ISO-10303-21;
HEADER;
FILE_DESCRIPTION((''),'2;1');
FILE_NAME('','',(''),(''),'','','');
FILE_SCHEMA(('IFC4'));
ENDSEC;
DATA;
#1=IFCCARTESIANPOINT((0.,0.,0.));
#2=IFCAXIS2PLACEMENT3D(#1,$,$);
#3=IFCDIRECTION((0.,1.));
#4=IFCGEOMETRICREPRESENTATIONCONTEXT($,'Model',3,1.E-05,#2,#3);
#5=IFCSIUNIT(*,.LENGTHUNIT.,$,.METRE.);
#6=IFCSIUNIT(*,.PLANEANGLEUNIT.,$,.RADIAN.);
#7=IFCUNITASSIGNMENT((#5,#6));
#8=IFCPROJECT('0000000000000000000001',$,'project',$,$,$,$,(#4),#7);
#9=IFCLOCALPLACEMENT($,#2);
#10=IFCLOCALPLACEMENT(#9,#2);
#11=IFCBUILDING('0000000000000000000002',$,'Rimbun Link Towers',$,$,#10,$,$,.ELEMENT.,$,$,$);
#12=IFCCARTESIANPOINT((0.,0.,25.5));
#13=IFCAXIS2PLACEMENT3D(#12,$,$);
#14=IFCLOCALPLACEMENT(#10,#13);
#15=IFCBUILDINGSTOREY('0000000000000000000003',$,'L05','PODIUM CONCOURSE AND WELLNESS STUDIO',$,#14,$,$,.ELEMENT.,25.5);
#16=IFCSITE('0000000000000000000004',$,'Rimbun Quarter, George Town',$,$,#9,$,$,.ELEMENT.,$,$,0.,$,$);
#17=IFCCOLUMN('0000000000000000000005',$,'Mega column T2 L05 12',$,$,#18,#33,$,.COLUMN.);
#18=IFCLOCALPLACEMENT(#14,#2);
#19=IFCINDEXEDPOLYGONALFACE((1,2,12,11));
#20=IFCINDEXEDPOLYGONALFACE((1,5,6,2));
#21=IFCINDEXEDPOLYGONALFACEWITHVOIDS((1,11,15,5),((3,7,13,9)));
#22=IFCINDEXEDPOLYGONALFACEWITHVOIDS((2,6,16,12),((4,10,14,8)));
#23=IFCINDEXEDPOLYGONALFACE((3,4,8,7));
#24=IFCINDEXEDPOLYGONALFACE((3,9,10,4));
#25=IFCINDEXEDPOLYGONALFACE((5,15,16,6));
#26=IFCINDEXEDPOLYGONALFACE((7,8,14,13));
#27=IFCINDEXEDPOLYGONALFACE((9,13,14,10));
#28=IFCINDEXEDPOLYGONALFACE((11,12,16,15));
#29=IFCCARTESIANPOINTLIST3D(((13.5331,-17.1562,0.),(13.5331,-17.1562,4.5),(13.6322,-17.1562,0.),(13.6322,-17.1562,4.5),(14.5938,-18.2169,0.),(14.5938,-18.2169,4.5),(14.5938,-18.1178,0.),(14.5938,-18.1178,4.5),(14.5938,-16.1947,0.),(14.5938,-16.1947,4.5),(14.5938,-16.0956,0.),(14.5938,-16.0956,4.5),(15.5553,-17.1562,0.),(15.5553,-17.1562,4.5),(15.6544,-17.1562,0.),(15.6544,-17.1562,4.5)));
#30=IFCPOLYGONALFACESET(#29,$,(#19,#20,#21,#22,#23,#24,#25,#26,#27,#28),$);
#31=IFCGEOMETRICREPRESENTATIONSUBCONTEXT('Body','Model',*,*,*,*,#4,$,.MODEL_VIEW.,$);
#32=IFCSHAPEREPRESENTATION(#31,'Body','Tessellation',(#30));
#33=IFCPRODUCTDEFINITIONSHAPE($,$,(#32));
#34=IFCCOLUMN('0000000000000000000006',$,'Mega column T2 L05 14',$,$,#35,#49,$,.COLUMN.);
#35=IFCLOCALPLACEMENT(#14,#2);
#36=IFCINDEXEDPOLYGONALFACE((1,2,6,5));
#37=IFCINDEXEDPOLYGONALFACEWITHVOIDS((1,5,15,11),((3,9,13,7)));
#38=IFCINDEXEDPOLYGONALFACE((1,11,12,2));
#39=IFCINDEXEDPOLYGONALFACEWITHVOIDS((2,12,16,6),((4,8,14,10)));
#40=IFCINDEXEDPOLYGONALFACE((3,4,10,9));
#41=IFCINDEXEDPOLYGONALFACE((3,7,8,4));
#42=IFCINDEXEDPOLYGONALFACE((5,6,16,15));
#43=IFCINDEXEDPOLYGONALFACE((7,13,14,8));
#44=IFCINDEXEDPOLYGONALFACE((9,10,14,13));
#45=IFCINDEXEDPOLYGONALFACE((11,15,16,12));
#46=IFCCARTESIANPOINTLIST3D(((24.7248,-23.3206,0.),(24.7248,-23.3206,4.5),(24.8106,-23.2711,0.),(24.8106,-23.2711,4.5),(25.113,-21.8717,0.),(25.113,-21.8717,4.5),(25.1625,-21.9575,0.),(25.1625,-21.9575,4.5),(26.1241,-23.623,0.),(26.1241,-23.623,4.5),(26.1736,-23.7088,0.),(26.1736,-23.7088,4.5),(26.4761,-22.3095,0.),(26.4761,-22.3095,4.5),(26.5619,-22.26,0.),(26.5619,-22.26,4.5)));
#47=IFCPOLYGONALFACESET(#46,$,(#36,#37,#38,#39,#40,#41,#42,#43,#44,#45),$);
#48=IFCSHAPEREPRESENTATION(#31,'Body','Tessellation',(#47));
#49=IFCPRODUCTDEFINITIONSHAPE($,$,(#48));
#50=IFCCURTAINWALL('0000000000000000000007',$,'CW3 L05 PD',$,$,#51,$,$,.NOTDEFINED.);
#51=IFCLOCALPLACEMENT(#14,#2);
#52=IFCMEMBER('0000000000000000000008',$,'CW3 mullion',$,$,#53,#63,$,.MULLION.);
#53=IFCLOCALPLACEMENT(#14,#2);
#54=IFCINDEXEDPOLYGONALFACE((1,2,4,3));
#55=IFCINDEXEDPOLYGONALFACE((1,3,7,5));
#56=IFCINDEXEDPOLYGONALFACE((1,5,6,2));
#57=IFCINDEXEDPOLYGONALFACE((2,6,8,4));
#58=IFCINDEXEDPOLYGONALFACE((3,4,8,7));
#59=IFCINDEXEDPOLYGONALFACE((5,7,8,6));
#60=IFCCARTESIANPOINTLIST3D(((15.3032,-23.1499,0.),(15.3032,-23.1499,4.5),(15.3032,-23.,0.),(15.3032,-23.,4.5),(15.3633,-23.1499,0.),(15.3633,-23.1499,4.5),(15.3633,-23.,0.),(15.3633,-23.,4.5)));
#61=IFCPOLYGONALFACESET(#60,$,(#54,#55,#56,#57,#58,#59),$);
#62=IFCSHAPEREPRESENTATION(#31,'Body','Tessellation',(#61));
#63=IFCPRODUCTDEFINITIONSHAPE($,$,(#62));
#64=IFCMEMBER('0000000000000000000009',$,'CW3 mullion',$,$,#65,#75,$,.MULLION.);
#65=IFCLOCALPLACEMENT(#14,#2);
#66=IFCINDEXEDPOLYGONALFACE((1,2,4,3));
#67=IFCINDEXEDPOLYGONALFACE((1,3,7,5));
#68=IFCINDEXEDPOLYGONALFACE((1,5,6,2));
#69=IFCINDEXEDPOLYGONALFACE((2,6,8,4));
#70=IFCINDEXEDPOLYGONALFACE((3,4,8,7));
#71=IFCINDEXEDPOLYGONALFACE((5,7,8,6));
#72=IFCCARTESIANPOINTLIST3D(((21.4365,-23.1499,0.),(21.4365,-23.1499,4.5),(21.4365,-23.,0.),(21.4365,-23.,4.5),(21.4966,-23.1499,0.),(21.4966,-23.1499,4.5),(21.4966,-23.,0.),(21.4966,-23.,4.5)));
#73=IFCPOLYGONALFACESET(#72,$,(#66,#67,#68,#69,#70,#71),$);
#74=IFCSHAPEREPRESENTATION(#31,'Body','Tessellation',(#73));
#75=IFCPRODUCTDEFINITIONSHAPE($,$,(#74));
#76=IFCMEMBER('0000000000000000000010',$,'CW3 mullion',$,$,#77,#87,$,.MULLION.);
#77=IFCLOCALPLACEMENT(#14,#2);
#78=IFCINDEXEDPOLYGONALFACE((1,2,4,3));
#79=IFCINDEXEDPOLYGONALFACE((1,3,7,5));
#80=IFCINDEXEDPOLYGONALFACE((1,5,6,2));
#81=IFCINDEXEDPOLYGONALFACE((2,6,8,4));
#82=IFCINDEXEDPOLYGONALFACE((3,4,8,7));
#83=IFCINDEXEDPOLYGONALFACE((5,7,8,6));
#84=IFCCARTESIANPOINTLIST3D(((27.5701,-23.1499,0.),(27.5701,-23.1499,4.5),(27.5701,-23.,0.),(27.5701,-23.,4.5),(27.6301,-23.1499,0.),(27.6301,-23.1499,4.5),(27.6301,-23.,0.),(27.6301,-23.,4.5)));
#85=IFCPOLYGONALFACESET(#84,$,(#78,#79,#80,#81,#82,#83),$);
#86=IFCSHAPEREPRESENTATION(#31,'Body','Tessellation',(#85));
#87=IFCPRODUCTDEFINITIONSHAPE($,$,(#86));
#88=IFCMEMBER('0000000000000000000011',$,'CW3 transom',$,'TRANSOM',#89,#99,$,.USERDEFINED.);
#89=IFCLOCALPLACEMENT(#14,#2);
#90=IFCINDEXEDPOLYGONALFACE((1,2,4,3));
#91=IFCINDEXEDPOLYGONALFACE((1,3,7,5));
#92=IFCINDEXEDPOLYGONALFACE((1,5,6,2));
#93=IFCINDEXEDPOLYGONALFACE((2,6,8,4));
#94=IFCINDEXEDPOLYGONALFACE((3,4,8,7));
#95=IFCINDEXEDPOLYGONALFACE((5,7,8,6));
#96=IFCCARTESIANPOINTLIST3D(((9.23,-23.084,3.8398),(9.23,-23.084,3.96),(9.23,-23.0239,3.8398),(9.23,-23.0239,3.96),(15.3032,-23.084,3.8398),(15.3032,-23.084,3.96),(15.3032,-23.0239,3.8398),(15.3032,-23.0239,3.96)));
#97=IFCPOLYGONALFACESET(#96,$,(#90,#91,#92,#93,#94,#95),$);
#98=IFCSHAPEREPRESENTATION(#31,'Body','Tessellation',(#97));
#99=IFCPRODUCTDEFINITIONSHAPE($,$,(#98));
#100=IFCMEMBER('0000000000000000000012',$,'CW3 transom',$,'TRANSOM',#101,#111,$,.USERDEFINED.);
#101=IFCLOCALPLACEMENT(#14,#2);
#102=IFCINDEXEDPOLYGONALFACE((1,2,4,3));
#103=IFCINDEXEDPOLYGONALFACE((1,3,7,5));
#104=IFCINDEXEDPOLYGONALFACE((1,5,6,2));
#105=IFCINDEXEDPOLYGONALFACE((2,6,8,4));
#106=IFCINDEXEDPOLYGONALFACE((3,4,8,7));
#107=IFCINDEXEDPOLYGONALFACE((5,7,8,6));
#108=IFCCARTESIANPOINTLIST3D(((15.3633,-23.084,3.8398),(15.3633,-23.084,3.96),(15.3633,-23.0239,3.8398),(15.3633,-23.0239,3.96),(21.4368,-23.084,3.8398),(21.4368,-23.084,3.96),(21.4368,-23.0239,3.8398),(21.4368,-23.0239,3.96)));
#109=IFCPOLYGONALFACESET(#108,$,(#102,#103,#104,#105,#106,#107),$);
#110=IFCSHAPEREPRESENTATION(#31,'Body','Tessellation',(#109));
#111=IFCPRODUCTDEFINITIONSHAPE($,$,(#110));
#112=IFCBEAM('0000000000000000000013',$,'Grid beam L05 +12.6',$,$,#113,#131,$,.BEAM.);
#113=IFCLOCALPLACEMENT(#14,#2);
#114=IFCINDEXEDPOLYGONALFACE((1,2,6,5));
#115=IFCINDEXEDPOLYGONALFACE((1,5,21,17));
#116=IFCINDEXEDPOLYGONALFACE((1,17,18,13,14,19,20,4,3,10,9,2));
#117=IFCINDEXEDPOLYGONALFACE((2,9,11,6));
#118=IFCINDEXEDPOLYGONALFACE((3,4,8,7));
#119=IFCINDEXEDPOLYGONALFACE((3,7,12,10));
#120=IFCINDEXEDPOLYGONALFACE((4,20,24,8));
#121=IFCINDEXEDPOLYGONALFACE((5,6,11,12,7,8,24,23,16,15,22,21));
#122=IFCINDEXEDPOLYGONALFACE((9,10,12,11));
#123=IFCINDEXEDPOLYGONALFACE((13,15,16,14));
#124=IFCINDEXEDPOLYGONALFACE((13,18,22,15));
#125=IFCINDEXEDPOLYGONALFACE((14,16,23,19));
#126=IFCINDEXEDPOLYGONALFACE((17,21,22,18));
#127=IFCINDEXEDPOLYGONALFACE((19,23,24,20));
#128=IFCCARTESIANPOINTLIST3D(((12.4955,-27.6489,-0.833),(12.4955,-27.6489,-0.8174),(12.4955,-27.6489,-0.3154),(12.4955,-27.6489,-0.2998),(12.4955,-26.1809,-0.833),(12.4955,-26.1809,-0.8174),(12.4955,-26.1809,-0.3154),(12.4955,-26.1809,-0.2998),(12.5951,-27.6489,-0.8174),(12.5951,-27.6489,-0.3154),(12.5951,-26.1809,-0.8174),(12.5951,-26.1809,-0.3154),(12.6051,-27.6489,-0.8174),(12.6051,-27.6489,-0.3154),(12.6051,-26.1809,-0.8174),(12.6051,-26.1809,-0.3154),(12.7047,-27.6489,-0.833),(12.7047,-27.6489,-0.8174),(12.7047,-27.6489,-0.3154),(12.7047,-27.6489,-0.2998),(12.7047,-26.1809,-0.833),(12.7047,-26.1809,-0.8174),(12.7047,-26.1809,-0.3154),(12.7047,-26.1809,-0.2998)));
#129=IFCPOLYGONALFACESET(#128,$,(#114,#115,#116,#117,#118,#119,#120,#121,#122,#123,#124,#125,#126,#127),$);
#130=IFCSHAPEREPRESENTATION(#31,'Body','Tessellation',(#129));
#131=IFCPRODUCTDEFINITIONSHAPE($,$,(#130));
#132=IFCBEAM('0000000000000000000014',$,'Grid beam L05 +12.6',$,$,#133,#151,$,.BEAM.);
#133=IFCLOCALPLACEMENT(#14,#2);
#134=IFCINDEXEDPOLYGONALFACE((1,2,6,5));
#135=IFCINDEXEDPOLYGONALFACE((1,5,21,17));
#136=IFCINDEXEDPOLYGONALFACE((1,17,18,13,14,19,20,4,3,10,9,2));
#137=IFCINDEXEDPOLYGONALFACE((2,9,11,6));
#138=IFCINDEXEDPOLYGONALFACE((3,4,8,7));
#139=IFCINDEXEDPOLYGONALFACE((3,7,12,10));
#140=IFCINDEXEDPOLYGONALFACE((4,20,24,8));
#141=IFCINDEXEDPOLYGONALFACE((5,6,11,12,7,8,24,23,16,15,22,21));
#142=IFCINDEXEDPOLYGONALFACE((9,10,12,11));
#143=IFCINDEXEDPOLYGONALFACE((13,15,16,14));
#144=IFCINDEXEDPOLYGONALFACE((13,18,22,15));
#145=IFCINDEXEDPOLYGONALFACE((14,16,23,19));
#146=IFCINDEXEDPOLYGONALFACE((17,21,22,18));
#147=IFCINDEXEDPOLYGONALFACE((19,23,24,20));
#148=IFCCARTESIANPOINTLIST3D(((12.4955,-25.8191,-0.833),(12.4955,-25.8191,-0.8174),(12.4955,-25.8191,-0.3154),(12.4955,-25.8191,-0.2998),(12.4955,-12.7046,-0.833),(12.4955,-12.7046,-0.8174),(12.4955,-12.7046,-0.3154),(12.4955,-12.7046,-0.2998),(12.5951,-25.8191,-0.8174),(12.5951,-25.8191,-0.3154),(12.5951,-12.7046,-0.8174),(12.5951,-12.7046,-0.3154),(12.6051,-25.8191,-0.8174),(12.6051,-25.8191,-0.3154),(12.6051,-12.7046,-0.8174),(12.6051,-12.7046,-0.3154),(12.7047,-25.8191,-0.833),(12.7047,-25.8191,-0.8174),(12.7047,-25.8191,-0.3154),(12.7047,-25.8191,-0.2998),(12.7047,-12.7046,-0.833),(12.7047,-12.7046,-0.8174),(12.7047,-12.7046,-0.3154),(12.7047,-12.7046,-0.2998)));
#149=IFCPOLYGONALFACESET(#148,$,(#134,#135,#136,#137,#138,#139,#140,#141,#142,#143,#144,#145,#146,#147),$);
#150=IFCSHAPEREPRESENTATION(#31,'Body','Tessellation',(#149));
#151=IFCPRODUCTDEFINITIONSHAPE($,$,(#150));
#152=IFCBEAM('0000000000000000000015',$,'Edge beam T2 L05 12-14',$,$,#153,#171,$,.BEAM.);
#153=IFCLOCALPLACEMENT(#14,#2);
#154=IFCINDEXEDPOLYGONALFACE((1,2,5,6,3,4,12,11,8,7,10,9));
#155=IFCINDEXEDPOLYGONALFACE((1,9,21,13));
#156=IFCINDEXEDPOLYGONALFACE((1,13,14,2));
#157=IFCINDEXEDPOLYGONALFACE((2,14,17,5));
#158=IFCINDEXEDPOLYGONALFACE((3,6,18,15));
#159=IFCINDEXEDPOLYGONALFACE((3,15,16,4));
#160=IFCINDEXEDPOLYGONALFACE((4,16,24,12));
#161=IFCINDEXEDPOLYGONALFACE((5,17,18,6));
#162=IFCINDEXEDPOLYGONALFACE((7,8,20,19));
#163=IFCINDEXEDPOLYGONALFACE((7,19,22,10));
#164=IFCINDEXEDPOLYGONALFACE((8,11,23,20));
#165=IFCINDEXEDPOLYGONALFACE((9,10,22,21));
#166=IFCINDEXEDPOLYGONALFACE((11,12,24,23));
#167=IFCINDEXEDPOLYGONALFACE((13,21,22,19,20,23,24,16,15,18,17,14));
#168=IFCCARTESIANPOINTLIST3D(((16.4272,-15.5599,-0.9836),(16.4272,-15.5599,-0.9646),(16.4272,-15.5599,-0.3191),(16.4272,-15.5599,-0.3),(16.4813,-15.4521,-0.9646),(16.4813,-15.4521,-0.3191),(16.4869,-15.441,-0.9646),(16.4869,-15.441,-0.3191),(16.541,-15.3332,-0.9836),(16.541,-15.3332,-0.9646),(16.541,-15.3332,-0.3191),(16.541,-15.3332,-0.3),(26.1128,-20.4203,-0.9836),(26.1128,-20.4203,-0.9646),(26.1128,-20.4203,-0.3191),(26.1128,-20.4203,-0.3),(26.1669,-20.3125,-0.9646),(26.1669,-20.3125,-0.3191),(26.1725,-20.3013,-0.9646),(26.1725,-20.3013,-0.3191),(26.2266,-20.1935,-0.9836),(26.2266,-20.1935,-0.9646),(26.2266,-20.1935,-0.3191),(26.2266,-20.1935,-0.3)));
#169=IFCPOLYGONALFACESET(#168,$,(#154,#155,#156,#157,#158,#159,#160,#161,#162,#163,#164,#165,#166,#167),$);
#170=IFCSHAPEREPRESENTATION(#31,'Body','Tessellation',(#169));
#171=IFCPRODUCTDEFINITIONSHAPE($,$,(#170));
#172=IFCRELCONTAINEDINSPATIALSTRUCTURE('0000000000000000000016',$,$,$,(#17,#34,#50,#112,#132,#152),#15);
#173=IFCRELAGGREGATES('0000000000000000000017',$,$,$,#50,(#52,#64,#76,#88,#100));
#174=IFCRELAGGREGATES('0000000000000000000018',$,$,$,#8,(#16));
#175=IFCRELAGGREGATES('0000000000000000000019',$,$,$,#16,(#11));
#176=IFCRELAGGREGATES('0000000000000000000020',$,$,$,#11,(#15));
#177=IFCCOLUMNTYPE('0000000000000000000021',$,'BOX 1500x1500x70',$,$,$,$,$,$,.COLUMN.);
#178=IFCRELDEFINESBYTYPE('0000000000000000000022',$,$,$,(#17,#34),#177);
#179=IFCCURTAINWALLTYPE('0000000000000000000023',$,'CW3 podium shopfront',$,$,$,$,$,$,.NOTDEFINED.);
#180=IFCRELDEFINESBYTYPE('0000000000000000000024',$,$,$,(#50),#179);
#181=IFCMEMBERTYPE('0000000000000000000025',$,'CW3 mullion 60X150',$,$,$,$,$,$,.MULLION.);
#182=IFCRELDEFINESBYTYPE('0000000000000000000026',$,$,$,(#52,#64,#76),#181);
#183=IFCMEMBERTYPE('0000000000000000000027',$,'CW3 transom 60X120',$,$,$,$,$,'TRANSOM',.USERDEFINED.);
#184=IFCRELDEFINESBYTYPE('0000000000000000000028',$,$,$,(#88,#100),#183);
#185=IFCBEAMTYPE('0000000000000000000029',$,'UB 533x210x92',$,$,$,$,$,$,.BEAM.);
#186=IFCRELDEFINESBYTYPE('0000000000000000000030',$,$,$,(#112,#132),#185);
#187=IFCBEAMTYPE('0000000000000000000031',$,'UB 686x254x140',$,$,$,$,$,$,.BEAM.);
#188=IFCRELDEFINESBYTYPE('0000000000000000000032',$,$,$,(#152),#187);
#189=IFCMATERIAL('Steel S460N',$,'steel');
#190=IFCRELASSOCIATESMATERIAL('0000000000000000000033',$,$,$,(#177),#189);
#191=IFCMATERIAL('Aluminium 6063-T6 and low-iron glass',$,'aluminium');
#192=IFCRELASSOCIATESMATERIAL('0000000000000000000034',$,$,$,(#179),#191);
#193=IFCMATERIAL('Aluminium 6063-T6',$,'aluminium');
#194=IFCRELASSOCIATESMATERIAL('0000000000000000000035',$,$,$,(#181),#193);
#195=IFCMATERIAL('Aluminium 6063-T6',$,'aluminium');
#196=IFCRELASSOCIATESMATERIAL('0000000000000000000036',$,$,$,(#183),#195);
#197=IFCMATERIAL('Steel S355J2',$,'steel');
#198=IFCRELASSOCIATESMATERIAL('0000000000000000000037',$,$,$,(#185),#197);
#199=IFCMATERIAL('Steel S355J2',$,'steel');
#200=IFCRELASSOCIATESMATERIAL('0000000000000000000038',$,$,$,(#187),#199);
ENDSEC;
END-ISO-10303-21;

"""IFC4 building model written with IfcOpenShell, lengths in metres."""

from ifc_helpers import new_model, si_unit, direction, frame, origin, origin_2d, place, context, subcontext, project, spatial, rectangle, hollow_rectangle, i_section, extrude, material, material_profile, profile_set, type_object, element, aggregate, save


model = new_model("IFC4")

# Units and contexts
model_context = context("Model", 3, precision=1e-05, world=origin(), true_north=direction((0.0, 1.0)))
body_context = subcontext(model_context, "Body", "Model", "MODEL_VIEW")
ifc_project = project(units=[si_unit("LENGTHUNIT", "METRE"), si_unit("PLANEANGLEUNIT", "RADIAN")], contexts=[model_context])

# Site, building, storey
site_placement = place(None, origin())
site = spatial("IfcSite", under=ifc_project, at=site_placement, Name="Rimbun Quarter, George Town", CompositionType="ELEMENT", RefElevation=0.0)
building_placement = place(site_placement, origin())
building = spatial("IfcBuilding", under=site, at=building_placement, Name="Rimbun Link Towers", CompositionType="ELEMENT")
storey_placement = place(building_placement, frame((0.0, 0.0, 25.5)))
storey = spatial("IfcBuildingStorey", under=building, at=storey_placement, Name="L05", Description="PODIUM CONCOURSE AND WELLNESS STUDIO", CompositionType="ELEMENT", Elevation=25.5)

# Columns
ifc_material_1 = material(Name="Steel S460N", Category="steel")
ifc_material_profile_1 = material_profile(ifc_material_1, hollow_rectangle(XDim=1.5, YDim=1.5, WallThickness=0.0701, at=origin_2d()), Name="BOX 1500x1500x70")
ifc_profile_set_1 = profile_set([ifc_material_profile_1], Name="Steel S460N")
column_type = type_object("IfcColumnType", Name="BOX 1500x1500x70", PredefinedType="COLUMN", material=ifc_profile_set_1)
for number, where, z_axis, x_axis, name in (
    (1, (14.5938, -17.1562, 0.0), (0.0, 0.0, 1.0), (-0.707107, -0.707107, 0.0), "Mega column T2 L05 12"),
    (2, (25.6433, -22.7903, 0.0), (0.0, 0.0, 1.0), (-0.258819, -0.965926, 0.0), "Mega column T2 L05 14"),
):
    element("IfcColumn", number, at=place(storey_placement, frame(where, z_axis=z_axis, x_axis=x_axis)), inside=storey, type_object=column_type, Name=name, PredefinedType="COLUMN", context=body_context, shape_type="SweptSolid", body=[
        extrude(hollow_rectangle(XDim=1.5, YDim=1.5, WallThickness=0.0701, at=origin_2d()), origin(), (0.0, 0.0, 1.0), 4.5),
    ])

# Curtain wall, members
ifc_material_2 = material(Name="Aluminium 6063-T6 and low-iron glass", Category="aluminium")
curtain_wall_type = type_object("IfcCurtainWallType", Name="CW3 podium shopfront", PredefinedType="NOTDEFINED", material=ifc_material_2)
curtain_wall_placement = place(storey_placement, origin())
curtain_wall = element("IfcCurtainWall", 3, at=curtain_wall_placement, inside=storey, type_object=curtain_wall_type, Name="CW3 L05 PD", PredefinedType="NOTDEFINED")
ifc_material_3 = material(Name="Aluminium 6063-T6", Category="aluminium")
ifc_material_profile_2 = material_profile(ifc_material_3, rectangle(XDim=0.1499, YDim=0.0601, at=origin_2d()), Name="MULLION 60X150")
ifc_profile_set_2 = profile_set([ifc_material_profile_2], Name="Aluminium 6063-T6")
member_type_1 = type_object("IfcMemberType", Name="CW3 mullion 60X150", PredefinedType="MULLION", material=ifc_profile_set_2)
member_1_placement = place(storey_placement, frame((15.3333, -23.075, 0.0), z_axis=(0.0, 0.0, 1.0), x_axis=(0.0, -1.0, 0.0)))
member_1 = element("IfcMember", 4, at=member_1_placement, type_object=member_type_1, Name="CW3 mullion", PredefinedType="MULLION", context=body_context, shape_type="SweptSolid", body=[
    extrude(rectangle(XDim=0.1499, YDim=0.0601, at=origin_2d()), origin(), (0.0, 0.0, 1.0), 4.5),
])
member_2_placement = place(storey_placement, frame((21.4666, -23.075, 0.0), z_axis=(0.0, 0.0, 1.0), x_axis=(0.0, -1.0, 0.0)))
member_2 = element("IfcMember", 5, at=member_2_placement, type_object=member_type_1, Name="CW3 mullion", PredefinedType="MULLION", context=body_context, shape_type="SweptSolid", body=[
    extrude(rectangle(XDim=0.1499, YDim=0.0601, at=origin_2d()), origin(), (0.0, 0.0, 1.0), 4.5),
])
member_3_placement = place(storey_placement, frame((27.6001, -23.075, 0.0), z_axis=(0.0, 0.0, 1.0), x_axis=(0.0, -1.0, 0.0)))
member_3 = element("IfcMember", 6, at=member_3_placement, type_object=member_type_1, Name="CW3 mullion", PredefinedType="MULLION", context=body_context, shape_type="SweptSolid", body=[
    extrude(rectangle(XDim=0.1499, YDim=0.0601, at=origin_2d()), origin(), (0.0, 0.0, 1.0), 4.5),
])
ifc_material_4 = material(Name="Aluminium 6063-T6", Category="aluminium")
ifc_material_profile_3 = material_profile(ifc_material_4, rectangle(XDim=0.0601, YDim=0.1201, at=origin_2d()), Name="TRANSOM 60X120")
ifc_profile_set_3 = profile_set([ifc_material_profile_3], Name="Aluminium 6063-T6")
member_type_2 = type_object("IfcMemberType", Name="CW3 transom 60X120", ElementType="TRANSOM", PredefinedType="USERDEFINED", material=ifc_profile_set_3)
member_4_placement = place(storey_placement, frame((15.3032, -23.054, 3.8999), z_axis=(-1.0, 0.0, 0.0), x_axis=(0.0, -1.0, 0.0)))
member_4 = element("IfcMember", 7, at=member_4_placement, type_object=member_type_2, Name="CW3 transom", ObjectType="TRANSOM", PredefinedType="USERDEFINED", context=body_context, shape_type="SweptSolid", body=[
    extrude(rectangle(XDim=0.0601, YDim=0.1201, at=origin_2d()), origin(), (0.0, 0.0, 1.0), 6.0732),
])
member_5_placement = place(storey_placement, frame((21.4368, -23.054, 3.8999), z_axis=(-1.0, 0.0, 0.0), x_axis=(0.0, -1.0, 0.0)))
member_5 = element("IfcMember", 8, at=member_5_placement, type_object=member_type_2, Name="CW3 transom", ObjectType="TRANSOM", PredefinedType="USERDEFINED", context=body_context, shape_type="SweptSolid", body=[
    extrude(rectangle(XDim=0.0601, YDim=0.1201, at=origin_2d()), origin(), (0.0, 0.0, 1.0), 6.0735),
])

# Beams
ifc_material_5 = material(Name="Steel S355J2", Category="steel")
ifc_material_profile_4 = material_profile(ifc_material_5, i_section(OverallWidth=0.2092, OverallDepth=0.5332, WebThickness=0.01, FlangeThickness=0.0156, at=origin_2d()), Name="UB 533x210x92")
ifc_profile_set_4 = profile_set([ifc_material_profile_4], Name="Steel S355J2")
beam_type_1 = type_object("IfcBeamType", Name="UB 533x210x92", PredefinedType="BEAM", material=ifc_profile_set_4)
beam_1_placement = place(storey_placement, frame((12.6001, -27.6489, -0.5664), z_axis=(0.0, 1.0, 0.0), x_axis=(-1.0, 0.0, 0.0)))
element("IfcBeam", 9, at=beam_1_placement, inside=storey, type_object=beam_type_1, Name="Grid beam L05 +12.6", PredefinedType="BEAM", context=body_context, shape_type="SweptSolid", body=[
    extrude(i_section(OverallWidth=0.2092, OverallDepth=0.5332, WebThickness=0.01, FlangeThickness=0.0156, at=origin_2d()), origin(), (0.0, 0.0, 1.0), 1.468),
])
beam_2_placement = place(storey_placement, frame((12.6001, -25.8191, -0.5664), z_axis=(0.0, 1.0, 0.0), x_axis=(-1.0, 0.0, 0.0)))
element("IfcBeam", 10, at=beam_2_placement, inside=storey, type_object=beam_type_1, Name="Grid beam L05 +12.6", PredefinedType="BEAM", context=body_context, shape_type="SweptSolid", body=[
    extrude(i_section(OverallWidth=0.2092, OverallDepth=0.5332, WebThickness=0.01, FlangeThickness=0.0156, at=origin_2d()), origin(), (0.0, 0.0, 1.0), 13.1145),
])
ifc_material_6 = material(Name="Steel S355J2", Category="steel")
ifc_material_profile_5 = material_profile(ifc_material_6, i_section(OverallWidth=0.2537, OverallDepth=0.6836, WebThickness=0.0125, FlangeThickness=0.019, at=origin_2d()), Name="UB 686x254x140")
ifc_profile_set_5 = profile_set([ifc_material_profile_5], Name="Steel S355J2")
beam_type_2 = type_object("IfcBeamType", Name="UB 686x254x140", PredefinedType="BEAM", material=ifc_profile_set_5)
beam_3_placement = place(storey_placement, frame((16.4841, -15.4465, -0.6418), z_axis=(0.893777, -0.448511, 0.0), x_axis=(0.448511, 0.893777, 0.0)))
element("IfcBeam", 11, at=beam_3_placement, inside=storey, type_object=beam_type_2, Name="Edge beam T2 L05 12-14", PredefinedType="BEAM", context=body_context, shape_type="SweptSolid", body=[
    extrude(i_section(OverallWidth=0.2537, OverallDepth=0.6836, WebThickness=0.0125, FlangeThickness=0.019, at=origin_2d()), origin(), (0.0, 0.0, 1.0), 10.8367),
])

aggregate(curtain_wall, [member_1, member_2, member_3, member_4, member_5])

save(model, "model.ifc")
